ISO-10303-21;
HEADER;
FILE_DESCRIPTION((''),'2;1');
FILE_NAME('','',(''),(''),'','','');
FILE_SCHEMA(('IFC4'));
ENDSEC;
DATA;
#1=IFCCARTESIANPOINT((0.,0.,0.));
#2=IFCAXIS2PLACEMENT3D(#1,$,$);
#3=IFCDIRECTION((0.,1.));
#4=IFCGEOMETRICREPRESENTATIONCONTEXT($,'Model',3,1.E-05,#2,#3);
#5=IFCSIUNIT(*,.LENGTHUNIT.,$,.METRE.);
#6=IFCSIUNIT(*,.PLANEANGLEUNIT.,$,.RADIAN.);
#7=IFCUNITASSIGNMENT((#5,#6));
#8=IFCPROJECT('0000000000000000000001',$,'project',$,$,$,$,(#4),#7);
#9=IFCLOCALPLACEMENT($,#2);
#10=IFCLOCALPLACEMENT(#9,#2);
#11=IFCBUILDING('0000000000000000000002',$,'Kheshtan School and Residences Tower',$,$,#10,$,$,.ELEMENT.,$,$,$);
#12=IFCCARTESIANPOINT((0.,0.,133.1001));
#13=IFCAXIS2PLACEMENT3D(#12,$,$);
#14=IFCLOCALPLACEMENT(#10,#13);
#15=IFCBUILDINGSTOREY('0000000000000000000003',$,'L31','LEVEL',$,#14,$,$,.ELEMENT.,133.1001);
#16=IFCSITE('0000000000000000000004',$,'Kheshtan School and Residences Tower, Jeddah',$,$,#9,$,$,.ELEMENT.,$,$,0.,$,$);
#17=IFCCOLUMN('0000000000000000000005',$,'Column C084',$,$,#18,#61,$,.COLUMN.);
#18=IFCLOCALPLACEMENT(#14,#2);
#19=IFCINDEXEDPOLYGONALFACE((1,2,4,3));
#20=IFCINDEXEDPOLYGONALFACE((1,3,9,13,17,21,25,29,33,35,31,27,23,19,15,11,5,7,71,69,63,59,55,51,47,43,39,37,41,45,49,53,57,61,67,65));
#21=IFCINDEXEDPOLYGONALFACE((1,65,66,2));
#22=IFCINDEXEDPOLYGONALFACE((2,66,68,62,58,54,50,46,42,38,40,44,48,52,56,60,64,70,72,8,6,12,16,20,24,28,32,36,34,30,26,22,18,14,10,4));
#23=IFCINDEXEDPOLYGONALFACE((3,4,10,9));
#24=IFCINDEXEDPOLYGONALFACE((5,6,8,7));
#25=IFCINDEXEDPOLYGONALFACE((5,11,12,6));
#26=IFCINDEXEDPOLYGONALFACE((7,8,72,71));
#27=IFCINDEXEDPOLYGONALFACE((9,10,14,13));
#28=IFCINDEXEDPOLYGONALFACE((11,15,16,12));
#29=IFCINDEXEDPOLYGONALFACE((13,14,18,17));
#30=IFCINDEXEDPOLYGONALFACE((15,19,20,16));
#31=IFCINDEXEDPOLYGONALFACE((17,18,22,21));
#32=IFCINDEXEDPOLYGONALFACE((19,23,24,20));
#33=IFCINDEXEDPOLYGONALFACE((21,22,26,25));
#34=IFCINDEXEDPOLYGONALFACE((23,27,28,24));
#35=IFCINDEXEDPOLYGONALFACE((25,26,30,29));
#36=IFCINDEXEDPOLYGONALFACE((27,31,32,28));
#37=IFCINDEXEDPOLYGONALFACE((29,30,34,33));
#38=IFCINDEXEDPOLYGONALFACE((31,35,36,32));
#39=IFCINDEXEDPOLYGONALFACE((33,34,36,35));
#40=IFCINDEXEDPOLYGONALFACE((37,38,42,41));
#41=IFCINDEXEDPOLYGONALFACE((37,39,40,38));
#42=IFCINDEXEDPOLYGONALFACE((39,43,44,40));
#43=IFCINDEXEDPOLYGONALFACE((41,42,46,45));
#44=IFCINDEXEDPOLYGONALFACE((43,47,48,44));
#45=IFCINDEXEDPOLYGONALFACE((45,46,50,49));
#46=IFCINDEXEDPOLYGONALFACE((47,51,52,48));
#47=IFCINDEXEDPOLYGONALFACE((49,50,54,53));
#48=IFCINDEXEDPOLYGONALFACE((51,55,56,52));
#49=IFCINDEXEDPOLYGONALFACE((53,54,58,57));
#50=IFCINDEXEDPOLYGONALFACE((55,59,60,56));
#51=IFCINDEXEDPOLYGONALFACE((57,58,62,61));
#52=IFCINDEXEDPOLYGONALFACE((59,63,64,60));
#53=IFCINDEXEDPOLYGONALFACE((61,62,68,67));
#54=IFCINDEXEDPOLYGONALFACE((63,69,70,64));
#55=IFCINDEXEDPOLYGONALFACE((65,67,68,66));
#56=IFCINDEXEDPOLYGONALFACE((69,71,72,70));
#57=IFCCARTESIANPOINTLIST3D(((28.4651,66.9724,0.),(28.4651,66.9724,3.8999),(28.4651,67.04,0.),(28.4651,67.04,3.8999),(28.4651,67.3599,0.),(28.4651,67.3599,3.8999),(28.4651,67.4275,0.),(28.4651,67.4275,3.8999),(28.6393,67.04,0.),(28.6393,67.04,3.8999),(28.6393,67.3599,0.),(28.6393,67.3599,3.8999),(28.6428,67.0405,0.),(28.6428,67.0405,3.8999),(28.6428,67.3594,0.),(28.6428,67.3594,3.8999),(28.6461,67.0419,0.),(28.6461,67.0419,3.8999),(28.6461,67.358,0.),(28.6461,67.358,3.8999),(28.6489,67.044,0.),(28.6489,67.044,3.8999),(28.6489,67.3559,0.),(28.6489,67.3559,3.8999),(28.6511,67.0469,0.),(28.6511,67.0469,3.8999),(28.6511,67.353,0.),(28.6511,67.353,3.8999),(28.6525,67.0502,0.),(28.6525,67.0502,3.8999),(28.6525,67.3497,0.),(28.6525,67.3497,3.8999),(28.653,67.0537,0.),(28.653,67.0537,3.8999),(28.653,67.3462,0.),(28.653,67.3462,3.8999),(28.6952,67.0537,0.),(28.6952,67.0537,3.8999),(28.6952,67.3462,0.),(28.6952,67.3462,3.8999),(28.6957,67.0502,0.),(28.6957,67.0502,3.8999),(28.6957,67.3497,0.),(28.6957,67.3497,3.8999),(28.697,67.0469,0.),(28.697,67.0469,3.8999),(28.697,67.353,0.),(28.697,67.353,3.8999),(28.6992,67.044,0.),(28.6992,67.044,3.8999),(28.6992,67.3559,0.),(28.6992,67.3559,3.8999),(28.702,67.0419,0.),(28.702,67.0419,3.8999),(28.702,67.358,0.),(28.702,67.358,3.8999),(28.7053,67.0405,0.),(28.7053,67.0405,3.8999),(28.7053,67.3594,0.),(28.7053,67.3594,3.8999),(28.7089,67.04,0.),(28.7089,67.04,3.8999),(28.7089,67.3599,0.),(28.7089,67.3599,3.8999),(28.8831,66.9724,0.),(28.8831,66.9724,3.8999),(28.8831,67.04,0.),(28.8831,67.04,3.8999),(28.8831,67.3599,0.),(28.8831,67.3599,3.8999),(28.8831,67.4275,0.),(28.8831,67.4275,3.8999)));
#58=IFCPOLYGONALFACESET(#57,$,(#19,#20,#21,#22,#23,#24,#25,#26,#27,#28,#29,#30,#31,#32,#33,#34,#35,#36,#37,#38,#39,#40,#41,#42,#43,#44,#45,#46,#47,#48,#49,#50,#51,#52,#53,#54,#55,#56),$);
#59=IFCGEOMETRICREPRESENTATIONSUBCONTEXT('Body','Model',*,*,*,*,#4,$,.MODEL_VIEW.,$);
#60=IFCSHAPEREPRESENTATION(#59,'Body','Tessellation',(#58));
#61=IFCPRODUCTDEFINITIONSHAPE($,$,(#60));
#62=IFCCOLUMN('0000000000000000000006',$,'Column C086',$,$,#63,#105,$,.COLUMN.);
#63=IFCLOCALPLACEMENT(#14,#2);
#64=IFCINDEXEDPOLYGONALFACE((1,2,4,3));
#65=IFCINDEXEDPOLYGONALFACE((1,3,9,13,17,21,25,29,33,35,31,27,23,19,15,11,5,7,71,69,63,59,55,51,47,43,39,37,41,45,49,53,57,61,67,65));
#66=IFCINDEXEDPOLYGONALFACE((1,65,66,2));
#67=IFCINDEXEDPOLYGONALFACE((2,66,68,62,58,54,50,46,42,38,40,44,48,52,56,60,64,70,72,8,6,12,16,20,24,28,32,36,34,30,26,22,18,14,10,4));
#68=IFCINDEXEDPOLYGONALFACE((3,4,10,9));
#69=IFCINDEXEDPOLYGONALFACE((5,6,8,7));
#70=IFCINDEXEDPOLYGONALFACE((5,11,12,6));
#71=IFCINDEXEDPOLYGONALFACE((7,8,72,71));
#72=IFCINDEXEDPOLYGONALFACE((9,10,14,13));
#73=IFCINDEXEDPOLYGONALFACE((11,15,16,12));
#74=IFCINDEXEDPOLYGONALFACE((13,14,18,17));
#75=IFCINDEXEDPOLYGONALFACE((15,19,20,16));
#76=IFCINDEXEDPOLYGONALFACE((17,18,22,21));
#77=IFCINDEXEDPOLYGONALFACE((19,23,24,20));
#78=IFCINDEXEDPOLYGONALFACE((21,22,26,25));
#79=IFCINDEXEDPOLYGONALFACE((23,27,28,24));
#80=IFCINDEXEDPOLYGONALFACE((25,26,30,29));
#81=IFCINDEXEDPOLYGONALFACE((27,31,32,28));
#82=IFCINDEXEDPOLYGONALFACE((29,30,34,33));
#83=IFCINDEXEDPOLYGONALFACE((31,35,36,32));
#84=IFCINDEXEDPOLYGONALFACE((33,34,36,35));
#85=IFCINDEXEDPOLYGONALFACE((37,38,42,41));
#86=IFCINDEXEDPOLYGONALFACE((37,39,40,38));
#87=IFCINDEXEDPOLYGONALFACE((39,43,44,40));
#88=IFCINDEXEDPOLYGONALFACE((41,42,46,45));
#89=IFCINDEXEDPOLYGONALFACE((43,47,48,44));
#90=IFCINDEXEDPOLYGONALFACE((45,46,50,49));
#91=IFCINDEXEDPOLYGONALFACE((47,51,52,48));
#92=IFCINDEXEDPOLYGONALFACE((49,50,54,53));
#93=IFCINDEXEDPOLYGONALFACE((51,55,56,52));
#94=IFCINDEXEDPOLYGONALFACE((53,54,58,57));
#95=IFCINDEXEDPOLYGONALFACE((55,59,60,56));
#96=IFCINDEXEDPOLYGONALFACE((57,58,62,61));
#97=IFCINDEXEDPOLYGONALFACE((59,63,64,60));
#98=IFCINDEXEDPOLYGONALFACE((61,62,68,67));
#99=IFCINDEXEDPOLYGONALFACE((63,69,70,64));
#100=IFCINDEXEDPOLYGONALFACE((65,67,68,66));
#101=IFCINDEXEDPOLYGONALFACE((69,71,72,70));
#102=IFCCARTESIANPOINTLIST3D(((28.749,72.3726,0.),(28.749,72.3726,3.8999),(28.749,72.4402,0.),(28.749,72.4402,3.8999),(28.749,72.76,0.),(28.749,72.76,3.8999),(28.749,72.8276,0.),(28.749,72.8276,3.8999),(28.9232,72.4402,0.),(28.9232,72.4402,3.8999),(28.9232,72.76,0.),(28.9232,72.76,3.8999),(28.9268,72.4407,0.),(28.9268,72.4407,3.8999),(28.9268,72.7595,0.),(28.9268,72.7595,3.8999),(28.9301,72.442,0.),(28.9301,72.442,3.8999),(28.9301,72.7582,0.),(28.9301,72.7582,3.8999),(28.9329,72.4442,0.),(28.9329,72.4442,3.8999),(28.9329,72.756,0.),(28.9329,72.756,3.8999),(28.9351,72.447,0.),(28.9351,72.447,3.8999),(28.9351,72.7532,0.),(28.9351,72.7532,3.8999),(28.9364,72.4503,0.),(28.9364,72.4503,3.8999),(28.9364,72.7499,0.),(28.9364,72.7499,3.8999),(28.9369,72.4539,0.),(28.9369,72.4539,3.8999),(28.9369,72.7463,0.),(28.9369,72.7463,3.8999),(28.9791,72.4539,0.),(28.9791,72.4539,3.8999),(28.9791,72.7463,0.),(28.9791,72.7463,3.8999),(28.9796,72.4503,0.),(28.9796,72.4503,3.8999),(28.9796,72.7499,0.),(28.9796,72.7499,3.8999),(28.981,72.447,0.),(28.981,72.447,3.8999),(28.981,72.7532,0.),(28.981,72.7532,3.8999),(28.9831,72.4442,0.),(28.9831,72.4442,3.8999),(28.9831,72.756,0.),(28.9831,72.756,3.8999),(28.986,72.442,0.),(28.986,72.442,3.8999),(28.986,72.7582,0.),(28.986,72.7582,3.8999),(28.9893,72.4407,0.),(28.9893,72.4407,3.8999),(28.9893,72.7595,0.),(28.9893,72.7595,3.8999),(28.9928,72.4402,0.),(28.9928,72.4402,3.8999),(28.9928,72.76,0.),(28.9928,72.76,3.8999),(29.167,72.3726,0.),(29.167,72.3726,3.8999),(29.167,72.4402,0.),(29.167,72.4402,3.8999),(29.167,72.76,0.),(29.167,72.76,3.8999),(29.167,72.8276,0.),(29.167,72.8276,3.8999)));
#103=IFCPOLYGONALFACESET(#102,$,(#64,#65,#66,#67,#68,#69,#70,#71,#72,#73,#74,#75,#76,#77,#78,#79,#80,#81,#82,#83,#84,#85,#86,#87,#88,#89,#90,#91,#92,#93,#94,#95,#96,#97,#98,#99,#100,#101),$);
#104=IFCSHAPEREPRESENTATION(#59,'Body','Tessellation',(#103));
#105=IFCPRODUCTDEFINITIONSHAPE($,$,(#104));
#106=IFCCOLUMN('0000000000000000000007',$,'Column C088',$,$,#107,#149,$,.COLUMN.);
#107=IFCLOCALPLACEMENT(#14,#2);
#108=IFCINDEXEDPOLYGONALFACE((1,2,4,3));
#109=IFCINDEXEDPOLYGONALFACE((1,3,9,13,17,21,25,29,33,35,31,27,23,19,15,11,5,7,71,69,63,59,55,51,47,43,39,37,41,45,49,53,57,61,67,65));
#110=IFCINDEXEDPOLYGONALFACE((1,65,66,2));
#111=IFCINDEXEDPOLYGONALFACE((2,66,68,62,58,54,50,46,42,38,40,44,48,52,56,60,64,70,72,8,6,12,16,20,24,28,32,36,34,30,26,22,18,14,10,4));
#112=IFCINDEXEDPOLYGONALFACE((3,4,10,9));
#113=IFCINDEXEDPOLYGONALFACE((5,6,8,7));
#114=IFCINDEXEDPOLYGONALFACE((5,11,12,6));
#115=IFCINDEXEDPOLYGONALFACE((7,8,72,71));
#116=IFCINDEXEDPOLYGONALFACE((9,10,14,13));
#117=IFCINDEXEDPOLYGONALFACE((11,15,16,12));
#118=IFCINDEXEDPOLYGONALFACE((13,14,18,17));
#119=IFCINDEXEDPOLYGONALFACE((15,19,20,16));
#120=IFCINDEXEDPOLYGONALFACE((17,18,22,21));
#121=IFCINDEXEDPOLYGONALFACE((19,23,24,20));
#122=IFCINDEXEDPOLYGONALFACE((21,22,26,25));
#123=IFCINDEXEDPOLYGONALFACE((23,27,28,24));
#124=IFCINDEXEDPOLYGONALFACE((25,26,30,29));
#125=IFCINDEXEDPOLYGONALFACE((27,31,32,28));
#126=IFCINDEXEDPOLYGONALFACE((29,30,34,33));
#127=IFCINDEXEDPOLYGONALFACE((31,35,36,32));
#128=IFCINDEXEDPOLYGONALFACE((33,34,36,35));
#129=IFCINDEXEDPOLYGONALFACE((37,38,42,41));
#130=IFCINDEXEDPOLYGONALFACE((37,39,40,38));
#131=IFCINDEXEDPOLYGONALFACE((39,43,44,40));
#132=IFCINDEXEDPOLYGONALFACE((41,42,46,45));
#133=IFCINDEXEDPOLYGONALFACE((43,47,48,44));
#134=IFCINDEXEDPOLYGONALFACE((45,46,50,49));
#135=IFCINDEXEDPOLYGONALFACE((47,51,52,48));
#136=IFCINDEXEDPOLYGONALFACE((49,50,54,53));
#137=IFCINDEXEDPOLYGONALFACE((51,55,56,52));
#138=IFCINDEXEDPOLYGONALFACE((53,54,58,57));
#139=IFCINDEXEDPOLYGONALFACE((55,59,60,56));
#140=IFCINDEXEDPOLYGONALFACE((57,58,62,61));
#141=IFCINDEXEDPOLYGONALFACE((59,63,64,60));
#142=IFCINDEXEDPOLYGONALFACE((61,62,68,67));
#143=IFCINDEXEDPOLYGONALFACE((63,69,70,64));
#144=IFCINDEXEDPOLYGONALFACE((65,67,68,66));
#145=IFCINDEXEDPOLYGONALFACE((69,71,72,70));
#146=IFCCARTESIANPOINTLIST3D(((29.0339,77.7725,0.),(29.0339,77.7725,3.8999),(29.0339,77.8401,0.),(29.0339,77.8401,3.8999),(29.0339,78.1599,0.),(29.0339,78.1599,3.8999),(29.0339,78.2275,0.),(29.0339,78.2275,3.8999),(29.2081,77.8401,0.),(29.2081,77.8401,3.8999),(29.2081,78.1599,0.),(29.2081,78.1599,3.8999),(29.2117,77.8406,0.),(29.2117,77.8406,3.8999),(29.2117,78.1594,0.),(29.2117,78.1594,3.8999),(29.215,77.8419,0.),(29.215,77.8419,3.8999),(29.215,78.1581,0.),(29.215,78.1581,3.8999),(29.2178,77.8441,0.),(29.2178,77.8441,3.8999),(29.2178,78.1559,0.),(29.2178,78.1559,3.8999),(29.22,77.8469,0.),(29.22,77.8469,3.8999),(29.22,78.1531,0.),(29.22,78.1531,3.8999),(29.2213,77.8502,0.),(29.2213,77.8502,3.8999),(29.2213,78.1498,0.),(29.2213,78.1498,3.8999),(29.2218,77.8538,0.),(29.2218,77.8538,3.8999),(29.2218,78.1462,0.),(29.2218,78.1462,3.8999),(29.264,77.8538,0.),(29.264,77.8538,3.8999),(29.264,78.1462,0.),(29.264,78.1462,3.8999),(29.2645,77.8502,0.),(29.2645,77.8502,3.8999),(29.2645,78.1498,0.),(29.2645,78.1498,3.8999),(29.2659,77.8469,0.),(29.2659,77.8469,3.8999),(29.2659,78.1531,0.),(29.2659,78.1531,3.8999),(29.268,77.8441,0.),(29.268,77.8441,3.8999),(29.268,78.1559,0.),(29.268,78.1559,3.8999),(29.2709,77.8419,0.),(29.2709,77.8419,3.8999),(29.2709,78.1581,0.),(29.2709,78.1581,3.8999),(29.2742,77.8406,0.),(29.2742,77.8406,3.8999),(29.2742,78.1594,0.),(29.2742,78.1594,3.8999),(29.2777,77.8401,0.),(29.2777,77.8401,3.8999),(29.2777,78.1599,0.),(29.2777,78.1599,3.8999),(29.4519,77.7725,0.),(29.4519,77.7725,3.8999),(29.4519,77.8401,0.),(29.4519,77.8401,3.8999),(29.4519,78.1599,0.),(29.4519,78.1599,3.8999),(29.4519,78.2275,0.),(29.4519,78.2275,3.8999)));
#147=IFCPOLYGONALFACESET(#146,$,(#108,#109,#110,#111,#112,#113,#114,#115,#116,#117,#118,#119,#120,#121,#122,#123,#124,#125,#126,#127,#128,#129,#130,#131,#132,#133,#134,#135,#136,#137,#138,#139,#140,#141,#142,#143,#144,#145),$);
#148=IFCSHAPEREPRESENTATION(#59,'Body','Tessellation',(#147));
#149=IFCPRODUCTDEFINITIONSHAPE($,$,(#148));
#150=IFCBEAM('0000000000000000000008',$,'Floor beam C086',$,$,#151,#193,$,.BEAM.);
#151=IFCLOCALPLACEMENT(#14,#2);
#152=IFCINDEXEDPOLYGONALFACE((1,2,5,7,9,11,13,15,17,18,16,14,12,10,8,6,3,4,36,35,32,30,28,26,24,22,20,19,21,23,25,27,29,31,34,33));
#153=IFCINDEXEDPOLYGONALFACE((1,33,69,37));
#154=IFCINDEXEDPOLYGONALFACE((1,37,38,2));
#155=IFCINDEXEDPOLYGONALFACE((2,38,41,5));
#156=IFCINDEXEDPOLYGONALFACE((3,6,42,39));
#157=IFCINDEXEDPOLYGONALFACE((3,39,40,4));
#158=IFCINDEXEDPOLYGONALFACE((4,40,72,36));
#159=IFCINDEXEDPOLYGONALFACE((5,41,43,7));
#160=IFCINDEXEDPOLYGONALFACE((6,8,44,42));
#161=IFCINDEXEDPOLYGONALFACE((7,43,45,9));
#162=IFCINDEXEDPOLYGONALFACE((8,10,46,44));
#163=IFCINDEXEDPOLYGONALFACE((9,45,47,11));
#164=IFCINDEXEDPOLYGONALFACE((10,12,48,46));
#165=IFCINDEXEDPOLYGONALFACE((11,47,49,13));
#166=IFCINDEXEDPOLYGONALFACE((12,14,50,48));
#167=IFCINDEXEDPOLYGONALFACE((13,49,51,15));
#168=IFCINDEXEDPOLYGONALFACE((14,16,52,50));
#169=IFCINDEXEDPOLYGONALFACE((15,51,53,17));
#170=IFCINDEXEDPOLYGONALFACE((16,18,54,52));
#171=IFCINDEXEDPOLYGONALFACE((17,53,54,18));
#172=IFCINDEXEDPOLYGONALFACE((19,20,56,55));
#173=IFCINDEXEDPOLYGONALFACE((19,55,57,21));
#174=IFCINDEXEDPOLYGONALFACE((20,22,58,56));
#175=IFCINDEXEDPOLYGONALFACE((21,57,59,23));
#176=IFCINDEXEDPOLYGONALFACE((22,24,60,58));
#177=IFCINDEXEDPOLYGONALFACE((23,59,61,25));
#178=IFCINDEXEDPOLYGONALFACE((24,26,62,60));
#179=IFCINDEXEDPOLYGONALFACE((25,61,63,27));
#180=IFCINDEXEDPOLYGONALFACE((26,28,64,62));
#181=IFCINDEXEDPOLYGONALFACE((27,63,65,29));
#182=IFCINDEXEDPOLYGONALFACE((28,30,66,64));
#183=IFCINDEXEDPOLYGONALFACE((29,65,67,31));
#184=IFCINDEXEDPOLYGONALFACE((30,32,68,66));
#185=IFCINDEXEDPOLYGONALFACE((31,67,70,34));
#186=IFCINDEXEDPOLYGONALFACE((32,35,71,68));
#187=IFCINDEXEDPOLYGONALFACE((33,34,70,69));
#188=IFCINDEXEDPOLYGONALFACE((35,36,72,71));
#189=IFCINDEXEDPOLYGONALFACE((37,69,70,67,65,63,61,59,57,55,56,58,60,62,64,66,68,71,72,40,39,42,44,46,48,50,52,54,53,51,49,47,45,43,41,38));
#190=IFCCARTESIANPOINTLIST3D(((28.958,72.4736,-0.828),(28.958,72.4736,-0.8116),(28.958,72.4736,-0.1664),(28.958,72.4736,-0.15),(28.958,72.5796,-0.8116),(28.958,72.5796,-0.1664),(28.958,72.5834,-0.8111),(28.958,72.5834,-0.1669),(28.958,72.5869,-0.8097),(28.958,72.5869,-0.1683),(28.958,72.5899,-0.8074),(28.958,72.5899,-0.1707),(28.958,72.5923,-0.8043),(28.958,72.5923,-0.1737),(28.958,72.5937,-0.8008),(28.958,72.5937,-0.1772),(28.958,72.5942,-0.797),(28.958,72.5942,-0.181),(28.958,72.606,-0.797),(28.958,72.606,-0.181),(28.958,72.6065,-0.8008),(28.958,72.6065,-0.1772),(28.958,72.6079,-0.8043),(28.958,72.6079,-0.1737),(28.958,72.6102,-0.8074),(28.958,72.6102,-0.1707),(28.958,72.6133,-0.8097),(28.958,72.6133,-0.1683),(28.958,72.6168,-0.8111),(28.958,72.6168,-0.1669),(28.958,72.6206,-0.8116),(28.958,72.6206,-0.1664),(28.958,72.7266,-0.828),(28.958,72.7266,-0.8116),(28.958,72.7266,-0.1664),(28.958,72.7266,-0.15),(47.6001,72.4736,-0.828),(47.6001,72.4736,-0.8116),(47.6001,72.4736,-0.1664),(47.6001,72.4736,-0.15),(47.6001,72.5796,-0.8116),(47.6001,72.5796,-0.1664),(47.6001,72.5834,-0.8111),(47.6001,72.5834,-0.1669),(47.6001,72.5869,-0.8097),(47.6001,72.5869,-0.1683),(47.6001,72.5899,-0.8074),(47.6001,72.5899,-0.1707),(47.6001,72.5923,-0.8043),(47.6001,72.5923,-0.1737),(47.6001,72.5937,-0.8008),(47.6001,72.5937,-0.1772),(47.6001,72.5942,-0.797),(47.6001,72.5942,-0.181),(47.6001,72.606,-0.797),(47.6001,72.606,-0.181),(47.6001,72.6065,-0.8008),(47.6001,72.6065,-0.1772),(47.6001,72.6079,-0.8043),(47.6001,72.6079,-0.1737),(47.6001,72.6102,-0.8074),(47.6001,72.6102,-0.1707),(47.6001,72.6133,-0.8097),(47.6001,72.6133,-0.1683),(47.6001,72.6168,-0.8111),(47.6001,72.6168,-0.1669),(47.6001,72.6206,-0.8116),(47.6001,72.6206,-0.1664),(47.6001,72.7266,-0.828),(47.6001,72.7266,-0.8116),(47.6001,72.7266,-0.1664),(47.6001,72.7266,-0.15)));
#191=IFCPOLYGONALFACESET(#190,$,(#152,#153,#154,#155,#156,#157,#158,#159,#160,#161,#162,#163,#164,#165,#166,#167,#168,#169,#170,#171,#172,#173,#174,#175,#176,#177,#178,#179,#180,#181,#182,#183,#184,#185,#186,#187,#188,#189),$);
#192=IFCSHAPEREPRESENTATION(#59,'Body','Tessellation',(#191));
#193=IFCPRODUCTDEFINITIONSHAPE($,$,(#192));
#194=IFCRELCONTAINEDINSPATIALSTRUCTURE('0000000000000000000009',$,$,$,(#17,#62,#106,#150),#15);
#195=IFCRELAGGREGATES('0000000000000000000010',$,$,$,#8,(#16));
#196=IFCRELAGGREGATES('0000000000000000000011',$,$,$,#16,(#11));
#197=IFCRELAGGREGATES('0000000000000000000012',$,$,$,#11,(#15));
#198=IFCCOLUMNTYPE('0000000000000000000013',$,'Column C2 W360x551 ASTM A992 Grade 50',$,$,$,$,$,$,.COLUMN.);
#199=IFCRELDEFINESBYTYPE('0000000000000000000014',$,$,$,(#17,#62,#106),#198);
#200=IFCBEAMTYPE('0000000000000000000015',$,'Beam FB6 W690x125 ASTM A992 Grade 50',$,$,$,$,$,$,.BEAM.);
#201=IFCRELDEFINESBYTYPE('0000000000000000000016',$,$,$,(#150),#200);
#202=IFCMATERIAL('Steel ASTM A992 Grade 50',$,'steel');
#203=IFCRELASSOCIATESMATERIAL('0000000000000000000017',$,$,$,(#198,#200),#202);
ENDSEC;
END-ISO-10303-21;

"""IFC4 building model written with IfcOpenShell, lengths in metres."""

from ifc_helpers import new_model, si_unit, direction, frame, origin, origin_2d, place, context, subcontext, project, spatial, i_section, extrude, material, material_profile, profile_set, type_object, element, save


model = new_model("IFC4")

# Units and contexts
model_context = context("Model", 3, precision=1e-05, world=origin(), true_north=direction((0.0, 1.0)))
body_context = subcontext(model_context, "Body", "Model", "MODEL_VIEW")
ifc_project = project(units=[si_unit("LENGTHUNIT", "METRE"), si_unit("PLANEANGLEUNIT", "RADIAN")], contexts=[model_context])

# Site, building, storey
site_placement = place(None, origin())
site = spatial("IfcSite", under=ifc_project, at=site_placement, Name="Kheshtan School and Residences Tower, Jeddah", CompositionType="ELEMENT", RefElevation=0.0)
building_placement = place(site_placement, origin())
building = spatial("IfcBuilding", under=site, at=building_placement, Name="Kheshtan School and Residences Tower", CompositionType="ELEMENT")
storey_placement = place(building_placement, frame((0.0, 0.0, 133.1001)))
storey = spatial("IfcBuildingStorey", under=building, at=storey_placement, Name="L31", Description="LEVEL", CompositionType="ELEMENT", Elevation=133.1001)

# Columns
ifc_material_1 = material(Name="Steel ASTM A992 Grade 50", Category="steel")
ifc_material_profile_1 = material_profile(ifc_material_1, i_section(OverallWidth=0.418, OverallDepth=0.4551, WebThickness=0.0422, FlangeThickness=0.0676, FilletRadius=0.0137, at=origin_2d()), Name="W360x551")
ifc_profile_set_1 = profile_set([ifc_material_profile_1], Name="Steel ASTM A992 Grade 50")
column_type = type_object("IfcColumnType", Name="Column C2 W360x551 ASTM A992 Grade 50", PredefinedType="COLUMN", material=ifc_profile_set_1)
for number, where, z_axis, x_axis, name in (
    (1, (28.6741, 67.2, 0.0), (0.0, 0.0, 1.0), (1.0, 0.0, 0.0), "Column C084"),
    (2, (28.958, 72.6001, 0.0), (0.0, 0.0, 1.0), (1.0, 0.0, 0.0), "Column C086"),
    (3, (29.2429, 78.0, 0.0), (0.0, 0.0, 1.0), (1.0, 0.0, 0.0), "Column C088"),
):
    element("IfcColumn", number, at=place(storey_placement, frame(where, z_axis=z_axis, x_axis=x_axis)), inside=storey, type_object=column_type, Name=name, PredefinedType="COLUMN", context=body_context, shape_type="SweptSolid", body=[
        extrude(i_section(OverallWidth=0.418, OverallDepth=0.4551, WebThickness=0.0422, FlangeThickness=0.0676, FilletRadius=0.0137, at=origin_2d()), origin(), (0.0, 0.0, 1.0), 3.8999),
    ])

# Beam
ifc_material_profile_2 = material_profile(ifc_material_1, i_section(OverallWidth=0.2529, OverallDepth=0.678, WebThickness=0.0117, FlangeThickness=0.0164, FilletRadius=0.0146, at=origin_2d()), Name="W690x125")
ifc_profile_set_2 = profile_set([ifc_material_profile_2], Name="Steel ASTM A992 Grade 50")
beam_type_1 = type_object("IfcBeamType", Name="Beam FB6 W690x125 ASTM A992 Grade 50", PredefinedType="BEAM", material=ifc_profile_set_2)
beam_1_placement = place(storey_placement, frame((28.958, 72.6001, -0.489), z_axis=(1.0, 0.0, 0.0), x_axis=(0.0, 1.0, 0.0)))
element("IfcBeam", 4, at=beam_1_placement, inside=storey, type_object=beam_type_1, Name="Floor beam C086", PredefinedType="BEAM", context=body_context, shape_type="SweptSolid", body=[
    extrude(i_section(OverallWidth=0.2529, OverallDepth=0.678, WebThickness=0.0117, FlangeThickness=0.0164, FilletRadius=0.0146, at=origin_2d()), origin(), (0.0, 0.0, 1.0), 18.6421),
])

save(model, "model.ifc")
